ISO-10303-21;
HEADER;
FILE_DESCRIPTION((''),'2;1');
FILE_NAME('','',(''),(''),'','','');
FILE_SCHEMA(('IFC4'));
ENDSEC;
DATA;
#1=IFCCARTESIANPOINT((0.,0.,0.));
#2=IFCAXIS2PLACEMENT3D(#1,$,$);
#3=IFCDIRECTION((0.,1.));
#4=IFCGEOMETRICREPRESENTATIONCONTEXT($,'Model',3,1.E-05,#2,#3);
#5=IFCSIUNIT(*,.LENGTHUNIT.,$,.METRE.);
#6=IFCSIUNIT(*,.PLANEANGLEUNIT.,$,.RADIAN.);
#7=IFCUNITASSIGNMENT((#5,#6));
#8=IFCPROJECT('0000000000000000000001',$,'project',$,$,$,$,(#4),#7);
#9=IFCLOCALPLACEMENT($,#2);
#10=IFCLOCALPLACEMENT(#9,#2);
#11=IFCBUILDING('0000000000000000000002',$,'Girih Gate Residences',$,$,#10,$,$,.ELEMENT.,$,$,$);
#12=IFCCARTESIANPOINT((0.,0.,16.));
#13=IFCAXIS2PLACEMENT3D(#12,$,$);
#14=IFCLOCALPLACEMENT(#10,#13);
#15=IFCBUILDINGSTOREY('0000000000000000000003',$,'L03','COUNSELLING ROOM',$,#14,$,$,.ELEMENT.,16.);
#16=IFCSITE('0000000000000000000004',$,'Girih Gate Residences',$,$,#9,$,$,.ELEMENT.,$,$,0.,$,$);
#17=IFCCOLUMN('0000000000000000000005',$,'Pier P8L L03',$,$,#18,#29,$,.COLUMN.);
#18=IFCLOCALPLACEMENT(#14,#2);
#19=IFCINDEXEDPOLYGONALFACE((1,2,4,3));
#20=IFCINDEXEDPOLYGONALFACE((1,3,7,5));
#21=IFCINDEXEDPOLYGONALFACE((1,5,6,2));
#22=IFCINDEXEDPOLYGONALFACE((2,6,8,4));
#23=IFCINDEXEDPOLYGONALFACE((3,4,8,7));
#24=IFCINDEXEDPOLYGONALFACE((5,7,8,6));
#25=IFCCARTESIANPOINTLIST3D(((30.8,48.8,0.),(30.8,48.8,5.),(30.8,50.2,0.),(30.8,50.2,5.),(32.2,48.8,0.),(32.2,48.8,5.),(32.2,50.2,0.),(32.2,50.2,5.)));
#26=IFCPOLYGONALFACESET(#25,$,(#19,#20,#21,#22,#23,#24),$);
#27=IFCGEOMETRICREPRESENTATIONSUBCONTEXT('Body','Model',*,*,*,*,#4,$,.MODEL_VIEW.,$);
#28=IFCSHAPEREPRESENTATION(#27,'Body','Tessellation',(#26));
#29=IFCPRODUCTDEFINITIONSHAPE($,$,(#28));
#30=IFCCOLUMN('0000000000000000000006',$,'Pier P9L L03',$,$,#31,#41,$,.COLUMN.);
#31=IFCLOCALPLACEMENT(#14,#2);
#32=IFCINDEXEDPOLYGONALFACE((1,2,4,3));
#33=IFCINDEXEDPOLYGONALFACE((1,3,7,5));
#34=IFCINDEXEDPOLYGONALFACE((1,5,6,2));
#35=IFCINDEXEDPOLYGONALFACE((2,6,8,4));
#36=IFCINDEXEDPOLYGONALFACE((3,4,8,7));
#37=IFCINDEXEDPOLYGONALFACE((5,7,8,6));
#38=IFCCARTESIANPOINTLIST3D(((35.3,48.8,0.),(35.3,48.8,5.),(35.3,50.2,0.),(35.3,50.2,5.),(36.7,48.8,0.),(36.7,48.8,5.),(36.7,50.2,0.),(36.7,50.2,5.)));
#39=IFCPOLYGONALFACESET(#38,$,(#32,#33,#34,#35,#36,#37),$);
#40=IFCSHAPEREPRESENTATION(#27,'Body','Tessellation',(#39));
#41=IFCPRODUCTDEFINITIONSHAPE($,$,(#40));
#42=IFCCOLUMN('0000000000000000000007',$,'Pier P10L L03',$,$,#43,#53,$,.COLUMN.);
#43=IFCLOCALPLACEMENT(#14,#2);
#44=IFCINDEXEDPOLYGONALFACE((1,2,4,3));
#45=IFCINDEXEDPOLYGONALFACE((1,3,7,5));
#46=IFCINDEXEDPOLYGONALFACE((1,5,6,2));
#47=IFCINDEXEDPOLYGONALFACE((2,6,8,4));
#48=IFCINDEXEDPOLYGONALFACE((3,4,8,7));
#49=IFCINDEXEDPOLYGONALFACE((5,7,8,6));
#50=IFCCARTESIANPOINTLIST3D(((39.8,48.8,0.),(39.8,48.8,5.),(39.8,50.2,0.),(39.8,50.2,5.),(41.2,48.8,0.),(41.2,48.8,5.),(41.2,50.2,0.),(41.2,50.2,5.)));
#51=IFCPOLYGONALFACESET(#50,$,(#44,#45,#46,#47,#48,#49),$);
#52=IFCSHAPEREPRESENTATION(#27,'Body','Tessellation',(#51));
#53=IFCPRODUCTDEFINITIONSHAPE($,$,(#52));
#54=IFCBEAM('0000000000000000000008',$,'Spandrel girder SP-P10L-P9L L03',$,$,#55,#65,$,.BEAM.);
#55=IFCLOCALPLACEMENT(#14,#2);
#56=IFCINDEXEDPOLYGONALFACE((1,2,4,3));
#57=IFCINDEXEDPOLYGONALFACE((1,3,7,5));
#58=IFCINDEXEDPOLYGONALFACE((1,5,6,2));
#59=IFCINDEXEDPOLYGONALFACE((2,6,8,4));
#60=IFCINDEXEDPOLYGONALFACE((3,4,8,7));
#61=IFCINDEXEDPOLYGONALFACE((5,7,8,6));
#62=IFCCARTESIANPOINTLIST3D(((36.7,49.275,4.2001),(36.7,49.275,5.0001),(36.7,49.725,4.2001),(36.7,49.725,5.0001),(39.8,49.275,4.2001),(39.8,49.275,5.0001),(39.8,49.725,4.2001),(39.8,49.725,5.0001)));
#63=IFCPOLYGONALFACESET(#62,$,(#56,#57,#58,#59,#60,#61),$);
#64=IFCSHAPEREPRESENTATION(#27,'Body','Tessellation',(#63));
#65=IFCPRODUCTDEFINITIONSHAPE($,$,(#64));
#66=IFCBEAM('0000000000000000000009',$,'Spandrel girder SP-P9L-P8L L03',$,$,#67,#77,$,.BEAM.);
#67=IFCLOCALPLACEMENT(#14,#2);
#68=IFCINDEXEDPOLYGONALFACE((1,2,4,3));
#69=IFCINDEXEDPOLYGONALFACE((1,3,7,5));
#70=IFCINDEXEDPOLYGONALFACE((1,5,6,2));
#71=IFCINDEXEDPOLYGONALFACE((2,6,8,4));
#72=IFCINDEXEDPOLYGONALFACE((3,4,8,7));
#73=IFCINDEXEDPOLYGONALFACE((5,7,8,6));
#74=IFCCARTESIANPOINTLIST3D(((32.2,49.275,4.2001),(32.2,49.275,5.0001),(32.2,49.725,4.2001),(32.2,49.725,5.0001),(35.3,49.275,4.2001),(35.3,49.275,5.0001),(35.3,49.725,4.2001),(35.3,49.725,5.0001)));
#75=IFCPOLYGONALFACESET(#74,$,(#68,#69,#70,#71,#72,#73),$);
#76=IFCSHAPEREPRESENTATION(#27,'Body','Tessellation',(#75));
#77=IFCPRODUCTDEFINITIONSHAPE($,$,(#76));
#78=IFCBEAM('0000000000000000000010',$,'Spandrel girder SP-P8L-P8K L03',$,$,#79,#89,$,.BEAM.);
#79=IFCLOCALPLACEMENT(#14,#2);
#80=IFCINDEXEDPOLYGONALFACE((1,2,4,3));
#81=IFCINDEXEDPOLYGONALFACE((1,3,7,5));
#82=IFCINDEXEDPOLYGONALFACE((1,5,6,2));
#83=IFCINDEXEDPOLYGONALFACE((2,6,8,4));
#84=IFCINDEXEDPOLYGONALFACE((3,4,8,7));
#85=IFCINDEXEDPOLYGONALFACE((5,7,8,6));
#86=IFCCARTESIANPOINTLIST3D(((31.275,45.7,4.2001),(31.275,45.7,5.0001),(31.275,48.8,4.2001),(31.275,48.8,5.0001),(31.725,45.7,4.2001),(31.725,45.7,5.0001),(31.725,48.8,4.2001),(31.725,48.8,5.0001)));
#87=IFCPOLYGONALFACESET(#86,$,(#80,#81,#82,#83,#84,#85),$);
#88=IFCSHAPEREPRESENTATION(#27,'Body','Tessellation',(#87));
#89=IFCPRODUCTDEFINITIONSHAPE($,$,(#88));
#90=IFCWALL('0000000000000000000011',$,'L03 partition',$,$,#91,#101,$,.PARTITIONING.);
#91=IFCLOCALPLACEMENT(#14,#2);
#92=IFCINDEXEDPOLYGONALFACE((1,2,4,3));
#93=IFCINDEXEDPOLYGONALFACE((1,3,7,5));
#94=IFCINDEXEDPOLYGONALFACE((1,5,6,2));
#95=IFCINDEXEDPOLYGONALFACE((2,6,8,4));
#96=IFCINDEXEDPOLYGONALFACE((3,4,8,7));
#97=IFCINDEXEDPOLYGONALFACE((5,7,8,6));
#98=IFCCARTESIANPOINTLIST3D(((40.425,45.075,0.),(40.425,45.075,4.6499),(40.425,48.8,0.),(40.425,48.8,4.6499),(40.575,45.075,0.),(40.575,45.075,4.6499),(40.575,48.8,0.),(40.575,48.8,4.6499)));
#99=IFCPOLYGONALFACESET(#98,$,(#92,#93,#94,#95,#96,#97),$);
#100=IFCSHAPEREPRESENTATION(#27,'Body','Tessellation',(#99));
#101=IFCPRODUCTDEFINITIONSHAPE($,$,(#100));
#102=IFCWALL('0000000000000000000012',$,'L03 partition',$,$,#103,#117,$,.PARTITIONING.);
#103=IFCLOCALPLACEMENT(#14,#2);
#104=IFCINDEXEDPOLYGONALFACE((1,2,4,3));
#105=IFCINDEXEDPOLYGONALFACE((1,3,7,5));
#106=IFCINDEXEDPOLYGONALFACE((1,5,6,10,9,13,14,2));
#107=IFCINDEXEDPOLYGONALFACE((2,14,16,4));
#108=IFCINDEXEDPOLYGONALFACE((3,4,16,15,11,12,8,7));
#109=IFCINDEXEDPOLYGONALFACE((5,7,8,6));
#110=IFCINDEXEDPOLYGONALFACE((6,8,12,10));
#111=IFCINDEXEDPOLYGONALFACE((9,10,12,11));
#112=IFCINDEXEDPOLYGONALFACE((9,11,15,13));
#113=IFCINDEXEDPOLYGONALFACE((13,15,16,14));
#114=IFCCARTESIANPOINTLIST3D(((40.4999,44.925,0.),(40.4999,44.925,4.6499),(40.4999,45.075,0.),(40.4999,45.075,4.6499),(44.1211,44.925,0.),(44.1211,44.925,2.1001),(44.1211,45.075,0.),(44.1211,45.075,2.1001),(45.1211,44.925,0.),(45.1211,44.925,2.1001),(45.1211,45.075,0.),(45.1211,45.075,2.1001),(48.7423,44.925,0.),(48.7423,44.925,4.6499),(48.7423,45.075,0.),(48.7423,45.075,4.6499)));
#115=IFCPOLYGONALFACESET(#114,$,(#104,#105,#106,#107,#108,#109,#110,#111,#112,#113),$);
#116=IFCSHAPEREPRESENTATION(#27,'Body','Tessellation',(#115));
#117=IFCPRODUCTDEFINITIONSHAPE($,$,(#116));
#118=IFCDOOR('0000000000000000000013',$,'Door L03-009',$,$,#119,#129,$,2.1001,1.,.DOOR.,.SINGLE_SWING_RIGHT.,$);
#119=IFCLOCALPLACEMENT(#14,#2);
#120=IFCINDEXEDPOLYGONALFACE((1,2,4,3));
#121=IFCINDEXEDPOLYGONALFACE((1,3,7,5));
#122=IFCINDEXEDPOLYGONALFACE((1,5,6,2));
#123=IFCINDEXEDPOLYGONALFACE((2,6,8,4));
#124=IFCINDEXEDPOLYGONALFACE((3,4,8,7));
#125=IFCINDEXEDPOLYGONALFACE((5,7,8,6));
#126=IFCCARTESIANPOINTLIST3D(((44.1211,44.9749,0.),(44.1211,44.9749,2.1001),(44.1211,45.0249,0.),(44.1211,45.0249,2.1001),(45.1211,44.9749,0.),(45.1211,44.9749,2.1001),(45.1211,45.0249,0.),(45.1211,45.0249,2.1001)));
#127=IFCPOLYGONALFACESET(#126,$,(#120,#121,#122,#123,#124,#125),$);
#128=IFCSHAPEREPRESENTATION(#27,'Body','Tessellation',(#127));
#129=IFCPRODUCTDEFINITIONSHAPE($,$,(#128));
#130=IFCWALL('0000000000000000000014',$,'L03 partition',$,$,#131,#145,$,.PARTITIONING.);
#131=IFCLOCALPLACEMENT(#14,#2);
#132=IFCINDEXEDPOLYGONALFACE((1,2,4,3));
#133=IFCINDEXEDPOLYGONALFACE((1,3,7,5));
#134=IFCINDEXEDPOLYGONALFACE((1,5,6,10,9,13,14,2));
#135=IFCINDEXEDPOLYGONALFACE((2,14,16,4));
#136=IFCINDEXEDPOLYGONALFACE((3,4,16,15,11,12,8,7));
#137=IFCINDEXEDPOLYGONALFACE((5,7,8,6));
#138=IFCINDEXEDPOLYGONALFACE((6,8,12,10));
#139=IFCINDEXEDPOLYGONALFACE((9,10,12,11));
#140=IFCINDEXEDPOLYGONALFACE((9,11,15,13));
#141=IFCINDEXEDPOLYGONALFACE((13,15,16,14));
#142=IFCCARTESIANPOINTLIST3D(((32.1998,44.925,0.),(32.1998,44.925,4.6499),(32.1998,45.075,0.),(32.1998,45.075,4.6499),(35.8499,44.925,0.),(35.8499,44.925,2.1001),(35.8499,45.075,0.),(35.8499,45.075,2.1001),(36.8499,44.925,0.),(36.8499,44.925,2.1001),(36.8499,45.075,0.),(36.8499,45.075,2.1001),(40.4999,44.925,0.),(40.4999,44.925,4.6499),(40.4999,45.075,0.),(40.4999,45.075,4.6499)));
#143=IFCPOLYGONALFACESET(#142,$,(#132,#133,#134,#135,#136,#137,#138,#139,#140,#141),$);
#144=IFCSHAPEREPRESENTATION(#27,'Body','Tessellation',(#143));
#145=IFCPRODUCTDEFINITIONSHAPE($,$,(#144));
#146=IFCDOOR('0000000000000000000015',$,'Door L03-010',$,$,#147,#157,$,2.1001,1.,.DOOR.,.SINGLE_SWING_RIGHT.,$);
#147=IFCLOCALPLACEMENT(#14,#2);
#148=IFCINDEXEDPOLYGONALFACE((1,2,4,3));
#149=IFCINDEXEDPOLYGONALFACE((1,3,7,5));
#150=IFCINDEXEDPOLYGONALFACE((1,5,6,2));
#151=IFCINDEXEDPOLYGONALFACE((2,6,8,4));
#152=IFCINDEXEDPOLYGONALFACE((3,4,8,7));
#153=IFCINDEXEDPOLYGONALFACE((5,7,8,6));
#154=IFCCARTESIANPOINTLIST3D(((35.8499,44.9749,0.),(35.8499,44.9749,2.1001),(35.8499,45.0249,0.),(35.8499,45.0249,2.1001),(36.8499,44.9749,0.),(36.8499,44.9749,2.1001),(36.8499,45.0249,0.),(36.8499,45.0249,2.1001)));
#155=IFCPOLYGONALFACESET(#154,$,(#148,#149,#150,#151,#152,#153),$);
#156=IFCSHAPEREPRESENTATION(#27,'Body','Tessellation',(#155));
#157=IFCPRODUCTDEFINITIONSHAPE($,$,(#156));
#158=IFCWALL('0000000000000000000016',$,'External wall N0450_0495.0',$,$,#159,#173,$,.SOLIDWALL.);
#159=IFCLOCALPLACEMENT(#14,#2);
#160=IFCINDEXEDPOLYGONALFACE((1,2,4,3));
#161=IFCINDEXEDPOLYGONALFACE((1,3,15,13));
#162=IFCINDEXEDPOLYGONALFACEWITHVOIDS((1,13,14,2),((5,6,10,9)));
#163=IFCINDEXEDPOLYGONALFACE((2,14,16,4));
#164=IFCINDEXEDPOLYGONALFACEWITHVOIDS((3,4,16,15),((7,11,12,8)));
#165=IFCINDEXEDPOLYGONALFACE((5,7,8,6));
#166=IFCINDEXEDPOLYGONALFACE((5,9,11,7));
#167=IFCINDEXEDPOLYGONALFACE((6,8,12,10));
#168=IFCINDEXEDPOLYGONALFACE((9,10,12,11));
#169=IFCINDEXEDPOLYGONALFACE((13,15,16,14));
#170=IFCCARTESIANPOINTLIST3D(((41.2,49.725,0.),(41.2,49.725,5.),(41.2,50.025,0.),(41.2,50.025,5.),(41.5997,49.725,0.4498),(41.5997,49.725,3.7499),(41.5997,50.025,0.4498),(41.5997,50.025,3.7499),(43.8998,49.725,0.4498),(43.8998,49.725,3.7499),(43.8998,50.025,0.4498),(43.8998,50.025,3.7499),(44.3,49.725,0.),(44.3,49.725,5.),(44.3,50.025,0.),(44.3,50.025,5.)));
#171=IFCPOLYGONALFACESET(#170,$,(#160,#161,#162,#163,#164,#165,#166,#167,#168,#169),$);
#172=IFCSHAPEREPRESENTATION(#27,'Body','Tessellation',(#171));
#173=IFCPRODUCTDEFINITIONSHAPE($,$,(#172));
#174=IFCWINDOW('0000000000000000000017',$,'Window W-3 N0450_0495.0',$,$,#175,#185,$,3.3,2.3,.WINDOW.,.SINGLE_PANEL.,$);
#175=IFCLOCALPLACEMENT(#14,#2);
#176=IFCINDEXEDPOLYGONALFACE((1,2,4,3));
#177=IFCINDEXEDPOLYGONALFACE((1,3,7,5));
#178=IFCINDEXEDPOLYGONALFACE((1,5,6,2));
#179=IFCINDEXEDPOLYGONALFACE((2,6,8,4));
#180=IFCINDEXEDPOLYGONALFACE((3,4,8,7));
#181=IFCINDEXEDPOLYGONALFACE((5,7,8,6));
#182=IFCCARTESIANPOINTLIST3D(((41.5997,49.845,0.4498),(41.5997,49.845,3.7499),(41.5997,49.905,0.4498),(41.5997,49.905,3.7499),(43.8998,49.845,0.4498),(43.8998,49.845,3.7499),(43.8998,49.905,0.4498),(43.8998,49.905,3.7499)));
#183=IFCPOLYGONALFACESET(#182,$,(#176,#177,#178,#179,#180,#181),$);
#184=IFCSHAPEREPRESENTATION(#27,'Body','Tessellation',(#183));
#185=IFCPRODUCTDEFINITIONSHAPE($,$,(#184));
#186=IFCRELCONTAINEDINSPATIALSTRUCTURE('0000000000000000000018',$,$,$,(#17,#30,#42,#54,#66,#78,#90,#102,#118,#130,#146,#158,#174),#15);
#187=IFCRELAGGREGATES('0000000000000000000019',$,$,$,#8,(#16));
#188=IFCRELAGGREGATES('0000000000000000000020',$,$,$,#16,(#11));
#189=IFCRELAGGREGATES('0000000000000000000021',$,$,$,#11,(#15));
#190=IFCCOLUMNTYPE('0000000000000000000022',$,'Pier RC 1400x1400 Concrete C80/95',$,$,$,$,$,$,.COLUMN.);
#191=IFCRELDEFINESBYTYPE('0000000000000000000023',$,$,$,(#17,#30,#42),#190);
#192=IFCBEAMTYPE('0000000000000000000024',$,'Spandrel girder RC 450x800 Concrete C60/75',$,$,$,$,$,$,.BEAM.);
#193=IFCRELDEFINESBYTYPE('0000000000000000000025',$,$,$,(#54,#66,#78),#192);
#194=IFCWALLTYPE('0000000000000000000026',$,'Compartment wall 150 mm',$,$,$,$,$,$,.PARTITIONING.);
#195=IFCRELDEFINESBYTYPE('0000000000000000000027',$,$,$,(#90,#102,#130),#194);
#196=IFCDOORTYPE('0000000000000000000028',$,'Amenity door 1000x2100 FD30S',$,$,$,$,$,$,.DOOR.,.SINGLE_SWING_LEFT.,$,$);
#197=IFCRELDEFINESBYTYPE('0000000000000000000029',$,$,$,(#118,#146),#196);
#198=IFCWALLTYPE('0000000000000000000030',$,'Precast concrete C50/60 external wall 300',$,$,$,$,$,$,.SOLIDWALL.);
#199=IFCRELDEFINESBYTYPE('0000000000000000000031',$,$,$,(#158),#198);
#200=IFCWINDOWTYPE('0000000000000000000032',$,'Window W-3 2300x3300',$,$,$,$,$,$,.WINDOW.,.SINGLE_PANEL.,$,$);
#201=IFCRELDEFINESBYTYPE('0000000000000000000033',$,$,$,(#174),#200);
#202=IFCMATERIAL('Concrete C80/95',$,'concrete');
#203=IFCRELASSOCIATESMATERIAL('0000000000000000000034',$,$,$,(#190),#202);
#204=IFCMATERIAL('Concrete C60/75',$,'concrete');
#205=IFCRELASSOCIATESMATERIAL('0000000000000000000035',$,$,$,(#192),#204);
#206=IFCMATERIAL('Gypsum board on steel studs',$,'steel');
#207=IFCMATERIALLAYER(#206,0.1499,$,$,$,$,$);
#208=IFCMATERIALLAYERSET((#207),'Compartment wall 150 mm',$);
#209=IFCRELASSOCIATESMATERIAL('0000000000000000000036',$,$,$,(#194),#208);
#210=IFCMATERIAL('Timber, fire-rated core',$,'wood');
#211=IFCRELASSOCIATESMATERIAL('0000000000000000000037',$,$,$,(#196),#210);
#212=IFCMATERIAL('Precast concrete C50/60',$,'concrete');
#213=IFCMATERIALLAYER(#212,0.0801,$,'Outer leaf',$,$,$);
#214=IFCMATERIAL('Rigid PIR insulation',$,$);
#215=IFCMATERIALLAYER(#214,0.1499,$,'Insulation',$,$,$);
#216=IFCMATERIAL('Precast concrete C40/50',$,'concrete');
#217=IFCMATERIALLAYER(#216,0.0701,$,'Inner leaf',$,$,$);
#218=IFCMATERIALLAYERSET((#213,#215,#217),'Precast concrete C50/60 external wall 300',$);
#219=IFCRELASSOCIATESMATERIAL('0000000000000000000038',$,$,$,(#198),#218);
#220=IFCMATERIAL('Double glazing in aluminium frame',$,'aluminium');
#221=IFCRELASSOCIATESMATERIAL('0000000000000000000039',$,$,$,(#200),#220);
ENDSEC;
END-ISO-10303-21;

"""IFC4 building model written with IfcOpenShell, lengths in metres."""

from ifc_helpers import new_model, si_unit, direction, frame, frame_2d, origin, origin_2d, place, context, subcontext, project, spatial, rectangle, extrude, material, layer, layer_set, material_profile, profile_set, type_object, element, fill, save


model = new_model("IFC4")

# Units and contexts
model_context = context("Model", 3, precision=1e-05, world=origin(), true_north=direction((0.0, 1.0)))
body_context = subcontext(model_context, "Body", "Model", "MODEL_VIEW")
ifc_project = project(units=[si_unit("LENGTHUNIT", "METRE"), si_unit("PLANEANGLEUNIT", "RADIAN")], contexts=[model_context])

# Site, building, storey
site_placement = place(None, origin())
site = spatial("IfcSite", under=ifc_project, at=site_placement, Name="Girih Gate Residences", CompositionType="ELEMENT", RefElevation=0.0)
building_placement = place(site_placement, origin())
building = spatial("IfcBuilding", under=site, at=building_placement, Name="Girih Gate Residences", CompositionType="ELEMENT")
storey_placement = place(building_placement, frame((0.0, 0.0, 16.0)))
storey = spatial("IfcBuildingStorey", under=building, at=storey_placement, Name="L03", Description="COUNSELLING ROOM", CompositionType="ELEMENT", Elevation=16.0)

# Columns
ifc_material_1 = material(Name="Concrete C80/95", Category="concrete")
ifc_material_profile_1 = material_profile(ifc_material_1, rectangle(XDim=1.3999, YDim=1.3999, at=origin_2d()))
ifc_profile_set_1 = profile_set([ifc_material_profile_1], Name="Concrete C80/95")
column_type = type_object("IfcColumnType", Name="Pier RC 1400x1400 Concrete C80/95", PredefinedType="COLUMN", material=ifc_profile_set_1)
for number, where, z_axis, x_axis, name in (
    (1, (31.5, 49.5, 0.0), (0.0, 0.0, 1.0), (1.0, 0.0, 0.0), "Pier P8L L03"),
    (2, (36.0, 49.5, 0.0), (0.0, 0.0, 1.0), (1.0, 0.0, 0.0), "Pier P9L L03"),
    (3, (40.5, 49.5, 0.0), (0.0, 0.0, 1.0), (1.0, 0.0, 0.0), "Pier P10L L03"),
):
    element("IfcColumn", number, at=place(storey_placement, frame(where, z_axis=z_axis, x_axis=x_axis)), inside=storey, type_object=column_type, Name=name, PredefinedType="COLUMN", context=body_context, shape_type="SweptSolid", body=[
        extrude(rectangle(XDim=1.3999, YDim=1.3999, at=origin_2d()), origin(), (0.0, 0.0, 1.0), 5.0),
    ])

# Beams
ifc_material_2 = material(Name="Concrete C60/75", Category="concrete")
ifc_material_profile_2 = material_profile(ifc_material_2, rectangle(XDim=0.45, YDim=0.8, at=origin_2d()))
ifc_profile_set_2 = profile_set([ifc_material_profile_2], Name="Concrete C60/75")
beam_type = type_object("IfcBeamType", Name="Spandrel girder RC 450x800 Concrete C60/75", PredefinedType="BEAM", material=ifc_profile_set_2)
for number, where, z_axis, x_axis, name in (
    (4, (39.8, 49.5, 4.6001), (-1.0, 0.0, 0.0), (0.0, -1.0, 0.0), "Spandrel girder SP-P10L-P9L L03"),
    (5, (35.3, 49.5, 4.6001), (-1.0, 0.0, 0.0), (0.0, -1.0, 0.0), "Spandrel girder SP-P9L-P8L L03"),
    (6, (31.5, 48.8, 4.6001), (0.0, -1.0, 0.0), (1.0, 0.0, 0.0), "Spandrel girder SP-P8L-P8K L03"),
):
    element("IfcBeam", number, at=place(storey_placement, frame(where, z_axis=z_axis, x_axis=x_axis)), inside=storey, type_object=beam_type, Name=name, PredefinedType="BEAM", context=body_context, shape_type="SweptSolid", body=[
        extrude(rectangle(XDim=0.45, YDim=0.8, at=origin_2d()), origin(), (0.0, 0.0, 1.0), 3.1001),
    ])

# Wall
ifc_material_3 = material(Name="Gypsum board on steel studs", Category="steel")
ifc_layer_1 = layer(ifc_material_3, 0.1499)
ifc_layer_set_1 = layer_set([ifc_layer_1], Name="Compartment wall 150 mm")
wall_type_1 = type_object("IfcWallType", Name="Compartment wall 150 mm", PredefinedType="PARTITIONING", material=ifc_layer_set_1)
wall_1_placement = place(storey_placement, frame((40.5, 45.075, 0.0), z_axis=(0.0, 0.0, 1.0), x_axis=(0.0, 1.0, 0.0)))
element("IfcWall", 7, at=wall_1_placement, inside=storey, type_object=wall_type_1, Name="L03 partition", PredefinedType="PARTITIONING", context=body_context, shape_type="SweptSolid", body=[
    extrude(rectangle(XDim=3.7251, YDim=0.1499, at=frame_2d((1.8625, 0.0))), origin(), (0.0, 0.0, 1.0), 4.6499),
])

# Walls, openings, doors
wall_2_placement = place(storey_placement, frame((40.5, 45.0, 0.0), z_axis=(0.0, 0.0, 1.0), x_axis=(1.0, 0.0, 0.0)))
wall_2 = element("IfcWall", 8, at=wall_2_placement, inside=storey, type_object=wall_type_1, Name="L03 partition", PredefinedType="PARTITIONING", context=body_context, shape_type="SweptSolid", body=[
    extrude(rectangle(XDim=8.2424, YDim=0.1499, at=frame_2d((4.1211, 0.0))), origin(), (0.0, 0.0, 1.0), 4.6499),
])
opening_1_placement = place(wall_2_placement, frame((3.6211, 0.0, 0.0)))
opening_1 = element("IfcOpeningElement", 9, at=opening_1_placement, cuts=wall_2, PredefinedType="OPENING", context=body_context, shape_type="SweptSolid", body=[
    extrude(rectangle(XDim=1.0, YDim=2.1001, at=frame_2d((0.5, 1.05))), frame((0.0, 0.085, 0.0), z_axis=(0.0, -1.0, 0.0), x_axis=(1.0, 0.0, 0.0)), (0.0, 0.0, 1.0), 0.1699),
])
ifc_material_4 = material(Name="Timber, fire-rated core", Category="wood")
door_type = type_object("IfcDoorType", Name="Amenity door 1000x2100 FD30S", OperationType="SINGLE_SWING_LEFT", PredefinedType="DOOR", material=ifc_material_4)
door_1_placement = place(opening_1_placement, origin())
door_1 = element("IfcDoor", 10, at=door_1_placement, inside=storey, type_object=door_type, Name="Door L03-009", OperationType="SINGLE_SWING_RIGHT", OverallHeight=2.1001, OverallWidth=1.0, PredefinedType="DOOR", context=body_context, shape_type="SweptSolid", body=[
    extrude(rectangle(XDim=1.0, YDim=2.1001, at=frame_2d((0.5, 1.05))), frame((0.0, 0.0249, 0.0), z_axis=(0.0, -1.0, 0.0), x_axis=(1.0, 0.0, 0.0)), (0.0, 0.0, 1.0), 0.05),
])
fill(opening_1, door_1)
wall_3_placement = place(storey_placement, frame((32.2, 45.0, 0.0), z_axis=(0.0, 0.0, 1.0), x_axis=(1.0, 0.0, 0.0)))
wall_3 = element("IfcWall", 11, at=wall_3_placement, inside=storey, type_object=wall_type_1, Name="L03 partition", PredefinedType="PARTITIONING", context=body_context, shape_type="SweptSolid", body=[
    extrude(rectangle(XDim=8.3, YDim=0.1499, at=frame_2d((4.1499, 0.0))), origin(), (0.0, 0.0, 1.0), 4.6499),
])
opening_2_placement = place(wall_3_placement, frame((3.6499, 0.0, 0.0)))
opening_2 = element("IfcOpeningElement", 12, at=opening_2_placement, cuts=wall_3, PredefinedType="OPENING", context=body_context, shape_type="SweptSolid", body=[
    extrude(rectangle(XDim=1.0, YDim=2.1001, at=frame_2d((0.5, 1.05))), frame((0.0, 0.085, 0.0), z_axis=(0.0, -1.0, 0.0), x_axis=(1.0, 0.0, 0.0)), (0.0, 0.0, 1.0), 0.1699),
])
door_2_placement = place(opening_2_placement, origin())
door_2 = element("IfcDoor", 13, at=door_2_placement, inside=storey, type_object=door_type, Name="Door L03-010", OperationType="SINGLE_SWING_RIGHT", OverallHeight=2.1001, OverallWidth=1.0, PredefinedType="DOOR", context=body_context, shape_type="SweptSolid", body=[
    extrude(rectangle(XDim=1.0, YDim=2.1001, at=frame_2d((0.5, 1.05))), frame((0.0, 0.0249, 0.0), z_axis=(0.0, -1.0, 0.0), x_axis=(1.0, 0.0, 0.0)), (0.0, 0.0, 1.0), 0.05),
])
fill(opening_2, door_2)

# Wall, opening, window
ifc_material_5 = material(Name="Precast concrete C50/60", Category="concrete")
ifc_layer_2 = layer(ifc_material_5, 0.0801, Name="Outer leaf")
ifc_material_6 = material(Name="Rigid PIR insulation")
ifc_layer_3 = layer(ifc_material_6, 0.1499, Name="Insulation")
ifc_material_7 = material(Name="Precast concrete C40/50", Category="concrete")
ifc_layer_4 = layer(ifc_material_7, 0.0701, Name="Inner leaf")
ifc_layer_set_2 = layer_set([ifc_layer_2, ifc_layer_3, ifc_layer_4], Name="Precast concrete C50/60 external wall 300")
wall_type_2 = type_object("IfcWallType", Name="Precast concrete C50/60 external wall 300", PredefinedType="SOLIDWALL", material=ifc_layer_set_2)
wall_4_placement = place(storey_placement, frame((41.2, 49.875, 0.0), z_axis=(0.0, 0.0, 1.0), x_axis=(1.0, 0.0, 0.0)))
wall_4 = element("IfcWall", 14, at=wall_4_placement, inside=storey, type_object=wall_type_2, Name="External wall N0450_0495.0", PredefinedType="SOLIDWALL", context=body_context, shape_type="SweptSolid", body=[
    extrude(rectangle(XDim=3.1001, YDim=0.3, at=frame_2d((1.55, 0.0))), origin(), (0.0, 0.0, 1.0), 5.0),
])
opening_3_placement = place(wall_4_placement, frame((0.3999, 0.0, 0.45)))
opening_3 = element("IfcOpeningElement", 15, at=opening_3_placement, cuts=wall_4, PredefinedType="OPENING", context=body_context, shape_type="SweptSolid", body=[
    extrude(rectangle(XDim=2.3, YDim=3.3, at=frame_2d((1.1499, 1.6499))), frame((0.0, 0.1599, 0.0), z_axis=(0.0, -1.0, 0.0), x_axis=(1.0, 0.0, 0.0)), (0.0, 0.0, 1.0), 0.3201),
])
ifc_material_8 = material(Name="Double glazing in aluminium frame", Category="aluminium")
window_type = type_object("IfcWindowType", Name="Window W-3 2300x3300", PartitioningType="SINGLE_PANEL", PredefinedType="WINDOW", material=ifc_material_8)
window_1_placement = place(opening_3_placement, origin())
window_1 = element("IfcWindow", 16, at=window_1_placement, inside=storey, type_object=window_type, Name="Window W-3 N0450_0495.0", OverallHeight=3.3, OverallWidth=2.3, PartitioningType="SINGLE_PANEL", PredefinedType="WINDOW", context=body_context, shape_type="SweptSolid", body=[
    extrude(rectangle(XDim=2.3, YDim=3.3, at=frame_2d((1.1499, 1.6499))), frame((0.0, 0.03, 0.0), z_axis=(0.0, -1.0, 0.0), x_axis=(1.0, 0.0, 0.0)), (0.0, 0.0, 1.0), 0.0601),
])
fill(opening_3, window_1)

save(model, "model.ifc")
